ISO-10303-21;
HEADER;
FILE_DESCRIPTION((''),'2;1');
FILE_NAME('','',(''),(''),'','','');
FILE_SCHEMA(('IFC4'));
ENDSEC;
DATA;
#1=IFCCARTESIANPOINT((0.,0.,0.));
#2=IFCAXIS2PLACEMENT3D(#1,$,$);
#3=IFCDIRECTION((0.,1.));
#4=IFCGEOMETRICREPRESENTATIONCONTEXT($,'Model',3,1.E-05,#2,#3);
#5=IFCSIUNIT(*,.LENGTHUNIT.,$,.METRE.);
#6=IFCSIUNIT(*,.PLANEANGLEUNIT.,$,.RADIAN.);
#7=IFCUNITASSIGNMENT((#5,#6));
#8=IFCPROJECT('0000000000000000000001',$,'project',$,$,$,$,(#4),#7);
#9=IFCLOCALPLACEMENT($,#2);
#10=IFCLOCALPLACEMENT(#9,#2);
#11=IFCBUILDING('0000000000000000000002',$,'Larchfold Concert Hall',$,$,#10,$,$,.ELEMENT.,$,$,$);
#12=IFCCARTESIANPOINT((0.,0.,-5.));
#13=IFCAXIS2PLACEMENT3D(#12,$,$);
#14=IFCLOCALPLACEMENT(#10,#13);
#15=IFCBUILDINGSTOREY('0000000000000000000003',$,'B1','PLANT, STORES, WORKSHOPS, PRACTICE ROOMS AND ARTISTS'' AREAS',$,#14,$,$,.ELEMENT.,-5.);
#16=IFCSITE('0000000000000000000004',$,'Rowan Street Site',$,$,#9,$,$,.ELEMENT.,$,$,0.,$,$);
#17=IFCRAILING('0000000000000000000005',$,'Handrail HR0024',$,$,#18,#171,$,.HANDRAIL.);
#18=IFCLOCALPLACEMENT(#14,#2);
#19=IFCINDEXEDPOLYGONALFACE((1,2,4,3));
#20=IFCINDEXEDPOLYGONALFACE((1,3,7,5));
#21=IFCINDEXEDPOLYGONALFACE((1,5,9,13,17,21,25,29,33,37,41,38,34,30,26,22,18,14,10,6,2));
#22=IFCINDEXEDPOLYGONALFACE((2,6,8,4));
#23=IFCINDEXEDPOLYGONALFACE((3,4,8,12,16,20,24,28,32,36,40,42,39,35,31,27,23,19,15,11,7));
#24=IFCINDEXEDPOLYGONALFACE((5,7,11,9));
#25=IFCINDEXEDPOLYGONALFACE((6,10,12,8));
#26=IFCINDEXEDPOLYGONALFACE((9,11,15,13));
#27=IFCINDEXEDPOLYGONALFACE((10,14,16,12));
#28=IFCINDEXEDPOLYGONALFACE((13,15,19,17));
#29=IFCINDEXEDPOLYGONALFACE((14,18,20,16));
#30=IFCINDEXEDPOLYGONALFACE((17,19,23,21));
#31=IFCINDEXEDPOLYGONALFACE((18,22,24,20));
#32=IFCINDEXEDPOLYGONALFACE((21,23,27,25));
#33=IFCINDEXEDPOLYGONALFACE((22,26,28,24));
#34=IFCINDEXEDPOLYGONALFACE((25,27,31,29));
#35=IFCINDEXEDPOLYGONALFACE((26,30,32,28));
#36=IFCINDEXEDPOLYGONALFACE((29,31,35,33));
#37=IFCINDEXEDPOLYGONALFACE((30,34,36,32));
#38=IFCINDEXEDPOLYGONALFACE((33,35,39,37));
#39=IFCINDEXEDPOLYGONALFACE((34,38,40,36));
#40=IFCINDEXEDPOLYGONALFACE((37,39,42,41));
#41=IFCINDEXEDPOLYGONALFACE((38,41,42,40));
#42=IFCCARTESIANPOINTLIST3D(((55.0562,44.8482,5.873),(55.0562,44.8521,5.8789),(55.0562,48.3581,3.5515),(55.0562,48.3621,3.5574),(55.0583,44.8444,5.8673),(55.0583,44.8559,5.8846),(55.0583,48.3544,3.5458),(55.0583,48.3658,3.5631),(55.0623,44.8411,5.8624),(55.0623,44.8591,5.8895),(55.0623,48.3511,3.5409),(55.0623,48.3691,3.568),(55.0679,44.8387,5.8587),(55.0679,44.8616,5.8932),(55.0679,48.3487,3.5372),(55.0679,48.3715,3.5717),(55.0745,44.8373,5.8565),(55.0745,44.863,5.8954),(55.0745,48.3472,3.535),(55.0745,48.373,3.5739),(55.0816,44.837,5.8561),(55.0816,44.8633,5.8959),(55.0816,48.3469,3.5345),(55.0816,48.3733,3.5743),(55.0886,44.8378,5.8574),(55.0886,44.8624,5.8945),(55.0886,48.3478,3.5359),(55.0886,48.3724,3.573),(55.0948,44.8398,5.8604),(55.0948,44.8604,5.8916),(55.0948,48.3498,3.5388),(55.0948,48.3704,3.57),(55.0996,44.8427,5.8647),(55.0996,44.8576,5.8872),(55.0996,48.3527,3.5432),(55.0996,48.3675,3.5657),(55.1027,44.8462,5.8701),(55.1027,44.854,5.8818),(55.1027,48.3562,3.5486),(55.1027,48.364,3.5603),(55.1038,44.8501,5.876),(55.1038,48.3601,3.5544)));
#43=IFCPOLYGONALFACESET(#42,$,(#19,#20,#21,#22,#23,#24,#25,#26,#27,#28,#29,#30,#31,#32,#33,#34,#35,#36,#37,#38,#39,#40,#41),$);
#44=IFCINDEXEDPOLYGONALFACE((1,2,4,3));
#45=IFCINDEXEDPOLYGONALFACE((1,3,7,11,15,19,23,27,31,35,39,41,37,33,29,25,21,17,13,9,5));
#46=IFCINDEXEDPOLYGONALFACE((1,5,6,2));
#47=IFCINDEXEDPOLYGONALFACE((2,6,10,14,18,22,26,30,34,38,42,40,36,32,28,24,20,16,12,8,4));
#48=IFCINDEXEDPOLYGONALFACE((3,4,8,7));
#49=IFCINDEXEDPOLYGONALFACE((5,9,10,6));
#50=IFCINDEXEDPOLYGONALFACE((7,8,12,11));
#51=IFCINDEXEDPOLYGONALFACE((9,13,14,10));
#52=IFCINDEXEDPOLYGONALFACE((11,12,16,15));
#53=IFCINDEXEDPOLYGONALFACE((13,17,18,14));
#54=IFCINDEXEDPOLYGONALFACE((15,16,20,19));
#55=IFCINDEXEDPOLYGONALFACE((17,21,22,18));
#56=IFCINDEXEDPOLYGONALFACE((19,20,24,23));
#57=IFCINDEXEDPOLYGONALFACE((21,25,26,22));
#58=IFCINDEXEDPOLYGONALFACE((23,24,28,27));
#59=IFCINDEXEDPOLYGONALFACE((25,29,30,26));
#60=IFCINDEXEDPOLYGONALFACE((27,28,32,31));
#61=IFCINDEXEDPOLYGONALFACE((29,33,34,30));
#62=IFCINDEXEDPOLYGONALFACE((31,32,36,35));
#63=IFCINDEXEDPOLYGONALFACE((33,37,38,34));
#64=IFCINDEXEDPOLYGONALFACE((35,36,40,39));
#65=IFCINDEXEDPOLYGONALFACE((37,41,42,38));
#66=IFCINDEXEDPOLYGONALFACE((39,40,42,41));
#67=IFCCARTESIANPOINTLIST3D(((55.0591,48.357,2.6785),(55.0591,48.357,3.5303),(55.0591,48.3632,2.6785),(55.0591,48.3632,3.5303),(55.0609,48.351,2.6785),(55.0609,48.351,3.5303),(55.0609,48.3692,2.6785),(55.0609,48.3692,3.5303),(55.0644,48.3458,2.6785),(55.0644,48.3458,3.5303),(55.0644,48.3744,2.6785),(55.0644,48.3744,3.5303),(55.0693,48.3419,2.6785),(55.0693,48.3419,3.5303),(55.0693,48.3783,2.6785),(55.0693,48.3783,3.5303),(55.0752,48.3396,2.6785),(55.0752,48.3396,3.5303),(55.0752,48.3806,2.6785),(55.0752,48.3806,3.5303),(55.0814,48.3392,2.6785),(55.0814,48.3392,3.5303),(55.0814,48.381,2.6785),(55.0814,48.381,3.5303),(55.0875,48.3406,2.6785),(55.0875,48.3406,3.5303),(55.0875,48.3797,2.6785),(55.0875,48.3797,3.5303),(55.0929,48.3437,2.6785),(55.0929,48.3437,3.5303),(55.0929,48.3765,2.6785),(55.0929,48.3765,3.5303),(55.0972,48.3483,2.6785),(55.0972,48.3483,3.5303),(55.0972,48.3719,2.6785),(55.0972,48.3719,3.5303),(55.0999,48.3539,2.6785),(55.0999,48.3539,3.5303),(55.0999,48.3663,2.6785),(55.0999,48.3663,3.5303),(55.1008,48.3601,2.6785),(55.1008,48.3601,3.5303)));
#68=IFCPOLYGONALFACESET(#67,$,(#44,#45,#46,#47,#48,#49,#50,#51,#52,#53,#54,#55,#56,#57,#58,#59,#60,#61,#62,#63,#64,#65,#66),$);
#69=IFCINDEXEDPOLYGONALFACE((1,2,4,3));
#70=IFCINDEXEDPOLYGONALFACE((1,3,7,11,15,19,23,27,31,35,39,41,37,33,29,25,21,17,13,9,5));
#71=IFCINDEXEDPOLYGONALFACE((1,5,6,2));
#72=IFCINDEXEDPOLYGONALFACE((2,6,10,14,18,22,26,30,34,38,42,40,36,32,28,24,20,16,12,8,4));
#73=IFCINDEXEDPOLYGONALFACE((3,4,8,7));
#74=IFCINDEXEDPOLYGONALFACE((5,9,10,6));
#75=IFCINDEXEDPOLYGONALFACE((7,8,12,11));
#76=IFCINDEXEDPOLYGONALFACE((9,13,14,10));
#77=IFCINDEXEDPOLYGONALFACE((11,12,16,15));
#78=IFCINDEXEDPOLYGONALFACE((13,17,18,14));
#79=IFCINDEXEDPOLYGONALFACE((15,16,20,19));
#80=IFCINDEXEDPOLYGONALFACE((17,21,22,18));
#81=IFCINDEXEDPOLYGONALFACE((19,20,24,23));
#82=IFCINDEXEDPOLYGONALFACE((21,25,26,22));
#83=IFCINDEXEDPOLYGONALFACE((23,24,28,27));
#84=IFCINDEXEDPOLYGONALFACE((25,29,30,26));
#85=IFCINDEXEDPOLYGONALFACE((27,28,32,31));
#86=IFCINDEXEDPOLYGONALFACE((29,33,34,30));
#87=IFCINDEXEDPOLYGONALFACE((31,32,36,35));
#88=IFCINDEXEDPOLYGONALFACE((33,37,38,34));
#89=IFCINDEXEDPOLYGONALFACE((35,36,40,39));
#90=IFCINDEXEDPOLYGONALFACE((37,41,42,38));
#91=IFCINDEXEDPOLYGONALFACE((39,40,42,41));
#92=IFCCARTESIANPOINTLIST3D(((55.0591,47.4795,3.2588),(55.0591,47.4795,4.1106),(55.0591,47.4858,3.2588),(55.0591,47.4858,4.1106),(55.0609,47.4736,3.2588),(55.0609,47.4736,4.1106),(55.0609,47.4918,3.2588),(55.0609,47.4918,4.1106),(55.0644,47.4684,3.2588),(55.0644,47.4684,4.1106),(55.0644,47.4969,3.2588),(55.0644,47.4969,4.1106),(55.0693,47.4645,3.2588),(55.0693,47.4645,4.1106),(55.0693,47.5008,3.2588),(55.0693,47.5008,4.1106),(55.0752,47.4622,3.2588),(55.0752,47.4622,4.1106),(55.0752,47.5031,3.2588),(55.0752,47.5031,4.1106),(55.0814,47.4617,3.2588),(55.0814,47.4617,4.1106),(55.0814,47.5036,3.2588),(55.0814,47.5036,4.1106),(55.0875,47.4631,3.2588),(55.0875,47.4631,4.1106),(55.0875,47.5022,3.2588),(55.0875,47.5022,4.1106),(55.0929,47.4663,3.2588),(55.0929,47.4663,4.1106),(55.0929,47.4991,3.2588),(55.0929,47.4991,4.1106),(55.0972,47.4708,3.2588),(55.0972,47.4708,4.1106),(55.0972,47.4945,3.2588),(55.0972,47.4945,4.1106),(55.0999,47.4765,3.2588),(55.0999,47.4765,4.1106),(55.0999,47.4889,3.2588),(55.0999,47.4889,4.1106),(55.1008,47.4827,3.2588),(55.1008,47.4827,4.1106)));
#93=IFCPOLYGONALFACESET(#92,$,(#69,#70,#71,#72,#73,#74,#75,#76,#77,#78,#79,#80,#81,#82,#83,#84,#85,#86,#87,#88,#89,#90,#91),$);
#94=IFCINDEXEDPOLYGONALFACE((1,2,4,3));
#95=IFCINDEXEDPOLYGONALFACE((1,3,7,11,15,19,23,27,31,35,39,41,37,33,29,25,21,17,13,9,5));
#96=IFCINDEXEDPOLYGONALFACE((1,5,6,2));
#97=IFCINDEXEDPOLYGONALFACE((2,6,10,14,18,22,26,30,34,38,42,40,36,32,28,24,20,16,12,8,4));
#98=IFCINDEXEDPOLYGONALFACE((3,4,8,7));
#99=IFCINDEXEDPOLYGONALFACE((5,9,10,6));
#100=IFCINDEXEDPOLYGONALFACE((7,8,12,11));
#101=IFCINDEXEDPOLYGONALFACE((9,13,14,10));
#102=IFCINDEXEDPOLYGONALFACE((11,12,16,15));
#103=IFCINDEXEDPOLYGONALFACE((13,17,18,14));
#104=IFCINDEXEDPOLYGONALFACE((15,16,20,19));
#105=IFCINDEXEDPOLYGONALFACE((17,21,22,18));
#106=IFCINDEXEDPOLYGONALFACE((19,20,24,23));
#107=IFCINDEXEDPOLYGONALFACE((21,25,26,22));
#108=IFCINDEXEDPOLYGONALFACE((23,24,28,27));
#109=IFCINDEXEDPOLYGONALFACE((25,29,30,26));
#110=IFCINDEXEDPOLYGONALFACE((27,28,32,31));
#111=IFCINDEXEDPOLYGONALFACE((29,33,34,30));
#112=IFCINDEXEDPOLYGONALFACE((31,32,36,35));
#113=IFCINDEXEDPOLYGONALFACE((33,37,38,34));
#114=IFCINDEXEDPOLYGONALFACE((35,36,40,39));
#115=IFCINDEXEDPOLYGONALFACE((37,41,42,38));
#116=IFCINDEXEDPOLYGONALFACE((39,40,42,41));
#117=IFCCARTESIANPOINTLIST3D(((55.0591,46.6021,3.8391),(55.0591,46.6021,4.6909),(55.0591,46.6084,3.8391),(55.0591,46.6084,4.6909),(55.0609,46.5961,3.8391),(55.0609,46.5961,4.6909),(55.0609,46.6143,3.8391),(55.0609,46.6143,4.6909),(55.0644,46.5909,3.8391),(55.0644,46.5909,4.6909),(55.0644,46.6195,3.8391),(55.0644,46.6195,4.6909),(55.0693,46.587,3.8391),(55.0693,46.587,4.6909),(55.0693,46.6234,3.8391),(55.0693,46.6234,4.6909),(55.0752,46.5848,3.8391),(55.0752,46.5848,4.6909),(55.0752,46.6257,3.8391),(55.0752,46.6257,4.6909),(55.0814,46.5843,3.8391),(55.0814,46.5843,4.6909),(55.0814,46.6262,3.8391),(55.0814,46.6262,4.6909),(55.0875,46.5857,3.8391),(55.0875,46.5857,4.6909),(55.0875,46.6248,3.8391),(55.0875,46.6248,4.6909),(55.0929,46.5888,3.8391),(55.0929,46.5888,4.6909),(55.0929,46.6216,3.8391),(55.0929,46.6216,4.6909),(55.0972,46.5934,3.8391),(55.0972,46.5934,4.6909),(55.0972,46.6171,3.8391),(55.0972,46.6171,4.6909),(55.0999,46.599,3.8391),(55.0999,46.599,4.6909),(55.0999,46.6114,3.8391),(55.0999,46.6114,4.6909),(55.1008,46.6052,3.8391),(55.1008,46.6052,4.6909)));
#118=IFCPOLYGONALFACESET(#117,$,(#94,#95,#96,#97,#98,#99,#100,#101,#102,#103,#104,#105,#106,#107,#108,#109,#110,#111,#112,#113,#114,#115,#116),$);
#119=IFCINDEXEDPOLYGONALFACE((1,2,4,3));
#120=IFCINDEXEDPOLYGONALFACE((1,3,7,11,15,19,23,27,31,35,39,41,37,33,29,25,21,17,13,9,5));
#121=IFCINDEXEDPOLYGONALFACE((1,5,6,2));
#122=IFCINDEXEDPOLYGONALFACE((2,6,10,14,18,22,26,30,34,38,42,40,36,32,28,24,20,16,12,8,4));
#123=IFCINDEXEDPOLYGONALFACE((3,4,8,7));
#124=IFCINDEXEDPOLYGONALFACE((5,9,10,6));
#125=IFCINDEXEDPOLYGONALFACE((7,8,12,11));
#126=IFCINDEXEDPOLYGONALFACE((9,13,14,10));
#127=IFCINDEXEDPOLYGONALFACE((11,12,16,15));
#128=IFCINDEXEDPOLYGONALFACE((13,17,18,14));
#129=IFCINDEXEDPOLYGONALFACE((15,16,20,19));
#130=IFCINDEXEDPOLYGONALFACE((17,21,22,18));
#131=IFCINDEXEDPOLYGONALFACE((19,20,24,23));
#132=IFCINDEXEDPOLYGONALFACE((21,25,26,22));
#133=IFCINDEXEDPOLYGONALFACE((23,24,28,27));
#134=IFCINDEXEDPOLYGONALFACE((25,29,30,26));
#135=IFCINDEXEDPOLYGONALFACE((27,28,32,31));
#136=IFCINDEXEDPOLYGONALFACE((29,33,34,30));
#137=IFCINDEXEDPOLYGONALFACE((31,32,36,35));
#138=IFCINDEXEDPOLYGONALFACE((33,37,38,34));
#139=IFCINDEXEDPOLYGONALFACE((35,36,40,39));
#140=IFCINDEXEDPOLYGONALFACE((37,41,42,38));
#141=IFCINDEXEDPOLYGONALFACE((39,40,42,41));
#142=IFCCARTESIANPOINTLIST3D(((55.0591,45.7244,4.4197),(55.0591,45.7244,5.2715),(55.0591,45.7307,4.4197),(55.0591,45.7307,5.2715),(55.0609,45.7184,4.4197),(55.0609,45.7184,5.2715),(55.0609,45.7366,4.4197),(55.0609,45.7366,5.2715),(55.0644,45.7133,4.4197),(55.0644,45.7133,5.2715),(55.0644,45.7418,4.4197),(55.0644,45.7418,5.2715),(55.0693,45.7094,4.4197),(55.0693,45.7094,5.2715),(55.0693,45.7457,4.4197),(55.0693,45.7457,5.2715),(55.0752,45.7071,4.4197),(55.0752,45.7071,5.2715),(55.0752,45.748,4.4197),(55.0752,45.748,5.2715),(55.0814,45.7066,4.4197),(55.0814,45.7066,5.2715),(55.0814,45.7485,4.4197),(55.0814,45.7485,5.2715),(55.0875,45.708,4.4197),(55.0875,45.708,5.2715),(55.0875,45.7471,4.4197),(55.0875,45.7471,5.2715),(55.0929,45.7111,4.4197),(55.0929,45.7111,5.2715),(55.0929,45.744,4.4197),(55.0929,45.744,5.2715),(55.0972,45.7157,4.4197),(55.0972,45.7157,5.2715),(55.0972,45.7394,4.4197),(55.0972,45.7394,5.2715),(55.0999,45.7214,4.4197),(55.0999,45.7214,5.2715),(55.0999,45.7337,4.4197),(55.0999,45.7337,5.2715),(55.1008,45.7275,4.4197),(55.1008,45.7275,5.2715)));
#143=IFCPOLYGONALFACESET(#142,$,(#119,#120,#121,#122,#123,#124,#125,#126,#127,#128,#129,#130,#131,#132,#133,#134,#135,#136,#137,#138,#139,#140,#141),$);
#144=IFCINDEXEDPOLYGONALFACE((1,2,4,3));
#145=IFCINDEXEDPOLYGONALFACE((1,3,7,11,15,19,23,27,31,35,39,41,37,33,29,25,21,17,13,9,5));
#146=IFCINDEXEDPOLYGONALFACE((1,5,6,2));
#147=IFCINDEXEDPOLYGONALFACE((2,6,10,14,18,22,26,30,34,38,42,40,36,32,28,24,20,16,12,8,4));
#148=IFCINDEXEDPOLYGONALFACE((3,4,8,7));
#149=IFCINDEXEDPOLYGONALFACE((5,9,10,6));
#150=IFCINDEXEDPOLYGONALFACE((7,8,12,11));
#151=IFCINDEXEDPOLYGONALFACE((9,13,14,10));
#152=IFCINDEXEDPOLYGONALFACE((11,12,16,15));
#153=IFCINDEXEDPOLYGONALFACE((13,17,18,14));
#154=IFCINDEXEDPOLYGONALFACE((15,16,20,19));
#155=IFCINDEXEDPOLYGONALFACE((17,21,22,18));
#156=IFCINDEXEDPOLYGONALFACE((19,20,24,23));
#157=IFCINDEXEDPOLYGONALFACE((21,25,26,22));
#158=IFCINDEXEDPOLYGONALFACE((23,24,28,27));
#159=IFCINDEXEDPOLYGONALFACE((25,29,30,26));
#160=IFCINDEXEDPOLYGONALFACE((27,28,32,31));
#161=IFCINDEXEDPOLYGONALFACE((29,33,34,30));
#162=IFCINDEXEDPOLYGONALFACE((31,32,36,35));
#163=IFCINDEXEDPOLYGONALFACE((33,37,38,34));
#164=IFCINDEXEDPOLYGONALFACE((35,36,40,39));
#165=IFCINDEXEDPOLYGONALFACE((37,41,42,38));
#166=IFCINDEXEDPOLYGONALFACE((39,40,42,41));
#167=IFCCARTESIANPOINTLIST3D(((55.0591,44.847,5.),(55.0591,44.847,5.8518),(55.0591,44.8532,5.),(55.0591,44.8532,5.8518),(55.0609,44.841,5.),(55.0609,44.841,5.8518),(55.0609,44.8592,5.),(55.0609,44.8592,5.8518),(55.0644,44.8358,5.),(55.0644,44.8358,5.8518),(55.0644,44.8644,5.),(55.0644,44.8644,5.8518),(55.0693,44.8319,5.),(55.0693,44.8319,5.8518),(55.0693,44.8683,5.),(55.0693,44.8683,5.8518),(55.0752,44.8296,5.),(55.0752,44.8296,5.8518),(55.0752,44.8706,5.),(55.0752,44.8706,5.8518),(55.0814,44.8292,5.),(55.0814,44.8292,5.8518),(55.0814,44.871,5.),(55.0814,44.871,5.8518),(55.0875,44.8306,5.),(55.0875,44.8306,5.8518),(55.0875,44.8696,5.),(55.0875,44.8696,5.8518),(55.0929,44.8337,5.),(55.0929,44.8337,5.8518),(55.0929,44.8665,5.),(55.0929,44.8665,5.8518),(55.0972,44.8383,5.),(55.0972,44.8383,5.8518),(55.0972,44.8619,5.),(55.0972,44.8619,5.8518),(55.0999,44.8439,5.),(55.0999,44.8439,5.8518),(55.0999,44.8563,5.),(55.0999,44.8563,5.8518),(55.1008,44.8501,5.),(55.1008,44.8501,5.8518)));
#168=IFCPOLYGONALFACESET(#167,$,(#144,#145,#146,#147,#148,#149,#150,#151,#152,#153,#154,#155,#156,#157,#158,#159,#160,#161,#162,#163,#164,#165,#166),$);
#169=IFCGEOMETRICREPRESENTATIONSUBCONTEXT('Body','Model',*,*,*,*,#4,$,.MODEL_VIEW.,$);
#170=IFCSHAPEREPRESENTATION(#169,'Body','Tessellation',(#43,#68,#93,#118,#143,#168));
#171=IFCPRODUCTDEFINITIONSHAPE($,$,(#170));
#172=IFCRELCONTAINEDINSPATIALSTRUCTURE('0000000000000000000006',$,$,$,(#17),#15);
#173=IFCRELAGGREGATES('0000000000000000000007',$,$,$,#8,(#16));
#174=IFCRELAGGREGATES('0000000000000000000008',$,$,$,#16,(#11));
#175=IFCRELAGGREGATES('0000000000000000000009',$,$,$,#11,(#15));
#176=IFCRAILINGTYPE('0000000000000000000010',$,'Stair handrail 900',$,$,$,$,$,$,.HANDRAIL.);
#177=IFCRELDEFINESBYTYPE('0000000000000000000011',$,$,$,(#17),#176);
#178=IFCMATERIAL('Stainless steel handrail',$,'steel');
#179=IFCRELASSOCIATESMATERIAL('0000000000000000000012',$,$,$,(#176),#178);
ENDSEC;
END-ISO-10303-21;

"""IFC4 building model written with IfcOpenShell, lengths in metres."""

from ifc_helpers import new_model, si_unit, direction, frame, origin, origin_2d, place, context, subcontext, project, spatial, circle, extrude, material, type_object, element, save


model = new_model("IFC4")

# Units and contexts
model_context = context("Model", 3, precision=1e-05, world=origin(), true_north=direction((0.0, 1.0)))
body_context = subcontext(model_context, "Body", "Model", "MODEL_VIEW")
ifc_project = project(units=[si_unit("LENGTHUNIT", "METRE"), si_unit("PLANEANGLEUNIT", "RADIAN")], contexts=[model_context])

# Site, building, storey
site_placement = place(None, origin())
site = spatial("IfcSite", under=ifc_project, at=site_placement, Name="Rowan Street Site", CompositionType="ELEMENT", RefElevation=0.0)
building_placement = place(site_placement, origin())
building = spatial("IfcBuilding", under=site, at=building_placement, Name="Larchfold Concert Hall", CompositionType="ELEMENT")
storey_placement = place(building_placement, frame((0.0, 0.0, -5.0)))
storey = spatial("IfcBuildingStorey", under=building, at=storey_placement, Name="B1", Description="PLANT, STORES, WORKSHOPS, PRACTICE ROOMS AND ARTISTS' AREAS", CompositionType="ELEMENT", Elevation=-5.0)

# Railing
ifc_material_1 = material(Name="Stainless steel handrail", Category="steel")
railing_type_1 = type_object("IfcRailingType", Name="Stair handrail 900", PredefinedType="HANDRAIL", material=ifc_material_1)
railing_1_placement = place(storey_placement, frame((55.0798, 48.3601, 2.6785)))
element("IfcRailing", 1, at=railing_1_placement, inside=storey, type_object=railing_type_1, Name="Handrail HR0024", PredefinedType="HANDRAIL", context=body_context, shape_type="SweptSolid", body=[
    extrude(circle(Radius=0.0239, at=origin_2d()), frame((0.0, 0.0, 0.876), z_axis=(0.0, -0.834071, 0.551657), x_axis=(1.0, 0.0, 0.0)), (0.0, 0.0, 1.0), 4.2083),
    extrude(circle(Radius=0.021, at=origin_2d()), origin(), (0.0, 0.0, 1.0), 0.8518),
    extrude(circle(Radius=0.021, at=origin_2d()), frame((0.0, -0.8774, 0.5803)), (0.0, 0.0, 1.0), 0.8518),
    extrude(circle(Radius=0.021, at=origin_2d()), frame((0.0, -1.7549, 1.1606)), (0.0, 0.0, 1.0), 0.8518),
    extrude(circle(Radius=0.021, at=origin_2d()), frame((0.0, -2.6326, 1.7412)), (0.0, 0.0, 1.0), 0.8518),
    extrude(circle(Radius=0.021, at=origin_2d()), frame((0.0, -3.51, 2.3215)), (0.0, 0.0, 1.0), 0.8518),
])

save(model, "model.ifc")
